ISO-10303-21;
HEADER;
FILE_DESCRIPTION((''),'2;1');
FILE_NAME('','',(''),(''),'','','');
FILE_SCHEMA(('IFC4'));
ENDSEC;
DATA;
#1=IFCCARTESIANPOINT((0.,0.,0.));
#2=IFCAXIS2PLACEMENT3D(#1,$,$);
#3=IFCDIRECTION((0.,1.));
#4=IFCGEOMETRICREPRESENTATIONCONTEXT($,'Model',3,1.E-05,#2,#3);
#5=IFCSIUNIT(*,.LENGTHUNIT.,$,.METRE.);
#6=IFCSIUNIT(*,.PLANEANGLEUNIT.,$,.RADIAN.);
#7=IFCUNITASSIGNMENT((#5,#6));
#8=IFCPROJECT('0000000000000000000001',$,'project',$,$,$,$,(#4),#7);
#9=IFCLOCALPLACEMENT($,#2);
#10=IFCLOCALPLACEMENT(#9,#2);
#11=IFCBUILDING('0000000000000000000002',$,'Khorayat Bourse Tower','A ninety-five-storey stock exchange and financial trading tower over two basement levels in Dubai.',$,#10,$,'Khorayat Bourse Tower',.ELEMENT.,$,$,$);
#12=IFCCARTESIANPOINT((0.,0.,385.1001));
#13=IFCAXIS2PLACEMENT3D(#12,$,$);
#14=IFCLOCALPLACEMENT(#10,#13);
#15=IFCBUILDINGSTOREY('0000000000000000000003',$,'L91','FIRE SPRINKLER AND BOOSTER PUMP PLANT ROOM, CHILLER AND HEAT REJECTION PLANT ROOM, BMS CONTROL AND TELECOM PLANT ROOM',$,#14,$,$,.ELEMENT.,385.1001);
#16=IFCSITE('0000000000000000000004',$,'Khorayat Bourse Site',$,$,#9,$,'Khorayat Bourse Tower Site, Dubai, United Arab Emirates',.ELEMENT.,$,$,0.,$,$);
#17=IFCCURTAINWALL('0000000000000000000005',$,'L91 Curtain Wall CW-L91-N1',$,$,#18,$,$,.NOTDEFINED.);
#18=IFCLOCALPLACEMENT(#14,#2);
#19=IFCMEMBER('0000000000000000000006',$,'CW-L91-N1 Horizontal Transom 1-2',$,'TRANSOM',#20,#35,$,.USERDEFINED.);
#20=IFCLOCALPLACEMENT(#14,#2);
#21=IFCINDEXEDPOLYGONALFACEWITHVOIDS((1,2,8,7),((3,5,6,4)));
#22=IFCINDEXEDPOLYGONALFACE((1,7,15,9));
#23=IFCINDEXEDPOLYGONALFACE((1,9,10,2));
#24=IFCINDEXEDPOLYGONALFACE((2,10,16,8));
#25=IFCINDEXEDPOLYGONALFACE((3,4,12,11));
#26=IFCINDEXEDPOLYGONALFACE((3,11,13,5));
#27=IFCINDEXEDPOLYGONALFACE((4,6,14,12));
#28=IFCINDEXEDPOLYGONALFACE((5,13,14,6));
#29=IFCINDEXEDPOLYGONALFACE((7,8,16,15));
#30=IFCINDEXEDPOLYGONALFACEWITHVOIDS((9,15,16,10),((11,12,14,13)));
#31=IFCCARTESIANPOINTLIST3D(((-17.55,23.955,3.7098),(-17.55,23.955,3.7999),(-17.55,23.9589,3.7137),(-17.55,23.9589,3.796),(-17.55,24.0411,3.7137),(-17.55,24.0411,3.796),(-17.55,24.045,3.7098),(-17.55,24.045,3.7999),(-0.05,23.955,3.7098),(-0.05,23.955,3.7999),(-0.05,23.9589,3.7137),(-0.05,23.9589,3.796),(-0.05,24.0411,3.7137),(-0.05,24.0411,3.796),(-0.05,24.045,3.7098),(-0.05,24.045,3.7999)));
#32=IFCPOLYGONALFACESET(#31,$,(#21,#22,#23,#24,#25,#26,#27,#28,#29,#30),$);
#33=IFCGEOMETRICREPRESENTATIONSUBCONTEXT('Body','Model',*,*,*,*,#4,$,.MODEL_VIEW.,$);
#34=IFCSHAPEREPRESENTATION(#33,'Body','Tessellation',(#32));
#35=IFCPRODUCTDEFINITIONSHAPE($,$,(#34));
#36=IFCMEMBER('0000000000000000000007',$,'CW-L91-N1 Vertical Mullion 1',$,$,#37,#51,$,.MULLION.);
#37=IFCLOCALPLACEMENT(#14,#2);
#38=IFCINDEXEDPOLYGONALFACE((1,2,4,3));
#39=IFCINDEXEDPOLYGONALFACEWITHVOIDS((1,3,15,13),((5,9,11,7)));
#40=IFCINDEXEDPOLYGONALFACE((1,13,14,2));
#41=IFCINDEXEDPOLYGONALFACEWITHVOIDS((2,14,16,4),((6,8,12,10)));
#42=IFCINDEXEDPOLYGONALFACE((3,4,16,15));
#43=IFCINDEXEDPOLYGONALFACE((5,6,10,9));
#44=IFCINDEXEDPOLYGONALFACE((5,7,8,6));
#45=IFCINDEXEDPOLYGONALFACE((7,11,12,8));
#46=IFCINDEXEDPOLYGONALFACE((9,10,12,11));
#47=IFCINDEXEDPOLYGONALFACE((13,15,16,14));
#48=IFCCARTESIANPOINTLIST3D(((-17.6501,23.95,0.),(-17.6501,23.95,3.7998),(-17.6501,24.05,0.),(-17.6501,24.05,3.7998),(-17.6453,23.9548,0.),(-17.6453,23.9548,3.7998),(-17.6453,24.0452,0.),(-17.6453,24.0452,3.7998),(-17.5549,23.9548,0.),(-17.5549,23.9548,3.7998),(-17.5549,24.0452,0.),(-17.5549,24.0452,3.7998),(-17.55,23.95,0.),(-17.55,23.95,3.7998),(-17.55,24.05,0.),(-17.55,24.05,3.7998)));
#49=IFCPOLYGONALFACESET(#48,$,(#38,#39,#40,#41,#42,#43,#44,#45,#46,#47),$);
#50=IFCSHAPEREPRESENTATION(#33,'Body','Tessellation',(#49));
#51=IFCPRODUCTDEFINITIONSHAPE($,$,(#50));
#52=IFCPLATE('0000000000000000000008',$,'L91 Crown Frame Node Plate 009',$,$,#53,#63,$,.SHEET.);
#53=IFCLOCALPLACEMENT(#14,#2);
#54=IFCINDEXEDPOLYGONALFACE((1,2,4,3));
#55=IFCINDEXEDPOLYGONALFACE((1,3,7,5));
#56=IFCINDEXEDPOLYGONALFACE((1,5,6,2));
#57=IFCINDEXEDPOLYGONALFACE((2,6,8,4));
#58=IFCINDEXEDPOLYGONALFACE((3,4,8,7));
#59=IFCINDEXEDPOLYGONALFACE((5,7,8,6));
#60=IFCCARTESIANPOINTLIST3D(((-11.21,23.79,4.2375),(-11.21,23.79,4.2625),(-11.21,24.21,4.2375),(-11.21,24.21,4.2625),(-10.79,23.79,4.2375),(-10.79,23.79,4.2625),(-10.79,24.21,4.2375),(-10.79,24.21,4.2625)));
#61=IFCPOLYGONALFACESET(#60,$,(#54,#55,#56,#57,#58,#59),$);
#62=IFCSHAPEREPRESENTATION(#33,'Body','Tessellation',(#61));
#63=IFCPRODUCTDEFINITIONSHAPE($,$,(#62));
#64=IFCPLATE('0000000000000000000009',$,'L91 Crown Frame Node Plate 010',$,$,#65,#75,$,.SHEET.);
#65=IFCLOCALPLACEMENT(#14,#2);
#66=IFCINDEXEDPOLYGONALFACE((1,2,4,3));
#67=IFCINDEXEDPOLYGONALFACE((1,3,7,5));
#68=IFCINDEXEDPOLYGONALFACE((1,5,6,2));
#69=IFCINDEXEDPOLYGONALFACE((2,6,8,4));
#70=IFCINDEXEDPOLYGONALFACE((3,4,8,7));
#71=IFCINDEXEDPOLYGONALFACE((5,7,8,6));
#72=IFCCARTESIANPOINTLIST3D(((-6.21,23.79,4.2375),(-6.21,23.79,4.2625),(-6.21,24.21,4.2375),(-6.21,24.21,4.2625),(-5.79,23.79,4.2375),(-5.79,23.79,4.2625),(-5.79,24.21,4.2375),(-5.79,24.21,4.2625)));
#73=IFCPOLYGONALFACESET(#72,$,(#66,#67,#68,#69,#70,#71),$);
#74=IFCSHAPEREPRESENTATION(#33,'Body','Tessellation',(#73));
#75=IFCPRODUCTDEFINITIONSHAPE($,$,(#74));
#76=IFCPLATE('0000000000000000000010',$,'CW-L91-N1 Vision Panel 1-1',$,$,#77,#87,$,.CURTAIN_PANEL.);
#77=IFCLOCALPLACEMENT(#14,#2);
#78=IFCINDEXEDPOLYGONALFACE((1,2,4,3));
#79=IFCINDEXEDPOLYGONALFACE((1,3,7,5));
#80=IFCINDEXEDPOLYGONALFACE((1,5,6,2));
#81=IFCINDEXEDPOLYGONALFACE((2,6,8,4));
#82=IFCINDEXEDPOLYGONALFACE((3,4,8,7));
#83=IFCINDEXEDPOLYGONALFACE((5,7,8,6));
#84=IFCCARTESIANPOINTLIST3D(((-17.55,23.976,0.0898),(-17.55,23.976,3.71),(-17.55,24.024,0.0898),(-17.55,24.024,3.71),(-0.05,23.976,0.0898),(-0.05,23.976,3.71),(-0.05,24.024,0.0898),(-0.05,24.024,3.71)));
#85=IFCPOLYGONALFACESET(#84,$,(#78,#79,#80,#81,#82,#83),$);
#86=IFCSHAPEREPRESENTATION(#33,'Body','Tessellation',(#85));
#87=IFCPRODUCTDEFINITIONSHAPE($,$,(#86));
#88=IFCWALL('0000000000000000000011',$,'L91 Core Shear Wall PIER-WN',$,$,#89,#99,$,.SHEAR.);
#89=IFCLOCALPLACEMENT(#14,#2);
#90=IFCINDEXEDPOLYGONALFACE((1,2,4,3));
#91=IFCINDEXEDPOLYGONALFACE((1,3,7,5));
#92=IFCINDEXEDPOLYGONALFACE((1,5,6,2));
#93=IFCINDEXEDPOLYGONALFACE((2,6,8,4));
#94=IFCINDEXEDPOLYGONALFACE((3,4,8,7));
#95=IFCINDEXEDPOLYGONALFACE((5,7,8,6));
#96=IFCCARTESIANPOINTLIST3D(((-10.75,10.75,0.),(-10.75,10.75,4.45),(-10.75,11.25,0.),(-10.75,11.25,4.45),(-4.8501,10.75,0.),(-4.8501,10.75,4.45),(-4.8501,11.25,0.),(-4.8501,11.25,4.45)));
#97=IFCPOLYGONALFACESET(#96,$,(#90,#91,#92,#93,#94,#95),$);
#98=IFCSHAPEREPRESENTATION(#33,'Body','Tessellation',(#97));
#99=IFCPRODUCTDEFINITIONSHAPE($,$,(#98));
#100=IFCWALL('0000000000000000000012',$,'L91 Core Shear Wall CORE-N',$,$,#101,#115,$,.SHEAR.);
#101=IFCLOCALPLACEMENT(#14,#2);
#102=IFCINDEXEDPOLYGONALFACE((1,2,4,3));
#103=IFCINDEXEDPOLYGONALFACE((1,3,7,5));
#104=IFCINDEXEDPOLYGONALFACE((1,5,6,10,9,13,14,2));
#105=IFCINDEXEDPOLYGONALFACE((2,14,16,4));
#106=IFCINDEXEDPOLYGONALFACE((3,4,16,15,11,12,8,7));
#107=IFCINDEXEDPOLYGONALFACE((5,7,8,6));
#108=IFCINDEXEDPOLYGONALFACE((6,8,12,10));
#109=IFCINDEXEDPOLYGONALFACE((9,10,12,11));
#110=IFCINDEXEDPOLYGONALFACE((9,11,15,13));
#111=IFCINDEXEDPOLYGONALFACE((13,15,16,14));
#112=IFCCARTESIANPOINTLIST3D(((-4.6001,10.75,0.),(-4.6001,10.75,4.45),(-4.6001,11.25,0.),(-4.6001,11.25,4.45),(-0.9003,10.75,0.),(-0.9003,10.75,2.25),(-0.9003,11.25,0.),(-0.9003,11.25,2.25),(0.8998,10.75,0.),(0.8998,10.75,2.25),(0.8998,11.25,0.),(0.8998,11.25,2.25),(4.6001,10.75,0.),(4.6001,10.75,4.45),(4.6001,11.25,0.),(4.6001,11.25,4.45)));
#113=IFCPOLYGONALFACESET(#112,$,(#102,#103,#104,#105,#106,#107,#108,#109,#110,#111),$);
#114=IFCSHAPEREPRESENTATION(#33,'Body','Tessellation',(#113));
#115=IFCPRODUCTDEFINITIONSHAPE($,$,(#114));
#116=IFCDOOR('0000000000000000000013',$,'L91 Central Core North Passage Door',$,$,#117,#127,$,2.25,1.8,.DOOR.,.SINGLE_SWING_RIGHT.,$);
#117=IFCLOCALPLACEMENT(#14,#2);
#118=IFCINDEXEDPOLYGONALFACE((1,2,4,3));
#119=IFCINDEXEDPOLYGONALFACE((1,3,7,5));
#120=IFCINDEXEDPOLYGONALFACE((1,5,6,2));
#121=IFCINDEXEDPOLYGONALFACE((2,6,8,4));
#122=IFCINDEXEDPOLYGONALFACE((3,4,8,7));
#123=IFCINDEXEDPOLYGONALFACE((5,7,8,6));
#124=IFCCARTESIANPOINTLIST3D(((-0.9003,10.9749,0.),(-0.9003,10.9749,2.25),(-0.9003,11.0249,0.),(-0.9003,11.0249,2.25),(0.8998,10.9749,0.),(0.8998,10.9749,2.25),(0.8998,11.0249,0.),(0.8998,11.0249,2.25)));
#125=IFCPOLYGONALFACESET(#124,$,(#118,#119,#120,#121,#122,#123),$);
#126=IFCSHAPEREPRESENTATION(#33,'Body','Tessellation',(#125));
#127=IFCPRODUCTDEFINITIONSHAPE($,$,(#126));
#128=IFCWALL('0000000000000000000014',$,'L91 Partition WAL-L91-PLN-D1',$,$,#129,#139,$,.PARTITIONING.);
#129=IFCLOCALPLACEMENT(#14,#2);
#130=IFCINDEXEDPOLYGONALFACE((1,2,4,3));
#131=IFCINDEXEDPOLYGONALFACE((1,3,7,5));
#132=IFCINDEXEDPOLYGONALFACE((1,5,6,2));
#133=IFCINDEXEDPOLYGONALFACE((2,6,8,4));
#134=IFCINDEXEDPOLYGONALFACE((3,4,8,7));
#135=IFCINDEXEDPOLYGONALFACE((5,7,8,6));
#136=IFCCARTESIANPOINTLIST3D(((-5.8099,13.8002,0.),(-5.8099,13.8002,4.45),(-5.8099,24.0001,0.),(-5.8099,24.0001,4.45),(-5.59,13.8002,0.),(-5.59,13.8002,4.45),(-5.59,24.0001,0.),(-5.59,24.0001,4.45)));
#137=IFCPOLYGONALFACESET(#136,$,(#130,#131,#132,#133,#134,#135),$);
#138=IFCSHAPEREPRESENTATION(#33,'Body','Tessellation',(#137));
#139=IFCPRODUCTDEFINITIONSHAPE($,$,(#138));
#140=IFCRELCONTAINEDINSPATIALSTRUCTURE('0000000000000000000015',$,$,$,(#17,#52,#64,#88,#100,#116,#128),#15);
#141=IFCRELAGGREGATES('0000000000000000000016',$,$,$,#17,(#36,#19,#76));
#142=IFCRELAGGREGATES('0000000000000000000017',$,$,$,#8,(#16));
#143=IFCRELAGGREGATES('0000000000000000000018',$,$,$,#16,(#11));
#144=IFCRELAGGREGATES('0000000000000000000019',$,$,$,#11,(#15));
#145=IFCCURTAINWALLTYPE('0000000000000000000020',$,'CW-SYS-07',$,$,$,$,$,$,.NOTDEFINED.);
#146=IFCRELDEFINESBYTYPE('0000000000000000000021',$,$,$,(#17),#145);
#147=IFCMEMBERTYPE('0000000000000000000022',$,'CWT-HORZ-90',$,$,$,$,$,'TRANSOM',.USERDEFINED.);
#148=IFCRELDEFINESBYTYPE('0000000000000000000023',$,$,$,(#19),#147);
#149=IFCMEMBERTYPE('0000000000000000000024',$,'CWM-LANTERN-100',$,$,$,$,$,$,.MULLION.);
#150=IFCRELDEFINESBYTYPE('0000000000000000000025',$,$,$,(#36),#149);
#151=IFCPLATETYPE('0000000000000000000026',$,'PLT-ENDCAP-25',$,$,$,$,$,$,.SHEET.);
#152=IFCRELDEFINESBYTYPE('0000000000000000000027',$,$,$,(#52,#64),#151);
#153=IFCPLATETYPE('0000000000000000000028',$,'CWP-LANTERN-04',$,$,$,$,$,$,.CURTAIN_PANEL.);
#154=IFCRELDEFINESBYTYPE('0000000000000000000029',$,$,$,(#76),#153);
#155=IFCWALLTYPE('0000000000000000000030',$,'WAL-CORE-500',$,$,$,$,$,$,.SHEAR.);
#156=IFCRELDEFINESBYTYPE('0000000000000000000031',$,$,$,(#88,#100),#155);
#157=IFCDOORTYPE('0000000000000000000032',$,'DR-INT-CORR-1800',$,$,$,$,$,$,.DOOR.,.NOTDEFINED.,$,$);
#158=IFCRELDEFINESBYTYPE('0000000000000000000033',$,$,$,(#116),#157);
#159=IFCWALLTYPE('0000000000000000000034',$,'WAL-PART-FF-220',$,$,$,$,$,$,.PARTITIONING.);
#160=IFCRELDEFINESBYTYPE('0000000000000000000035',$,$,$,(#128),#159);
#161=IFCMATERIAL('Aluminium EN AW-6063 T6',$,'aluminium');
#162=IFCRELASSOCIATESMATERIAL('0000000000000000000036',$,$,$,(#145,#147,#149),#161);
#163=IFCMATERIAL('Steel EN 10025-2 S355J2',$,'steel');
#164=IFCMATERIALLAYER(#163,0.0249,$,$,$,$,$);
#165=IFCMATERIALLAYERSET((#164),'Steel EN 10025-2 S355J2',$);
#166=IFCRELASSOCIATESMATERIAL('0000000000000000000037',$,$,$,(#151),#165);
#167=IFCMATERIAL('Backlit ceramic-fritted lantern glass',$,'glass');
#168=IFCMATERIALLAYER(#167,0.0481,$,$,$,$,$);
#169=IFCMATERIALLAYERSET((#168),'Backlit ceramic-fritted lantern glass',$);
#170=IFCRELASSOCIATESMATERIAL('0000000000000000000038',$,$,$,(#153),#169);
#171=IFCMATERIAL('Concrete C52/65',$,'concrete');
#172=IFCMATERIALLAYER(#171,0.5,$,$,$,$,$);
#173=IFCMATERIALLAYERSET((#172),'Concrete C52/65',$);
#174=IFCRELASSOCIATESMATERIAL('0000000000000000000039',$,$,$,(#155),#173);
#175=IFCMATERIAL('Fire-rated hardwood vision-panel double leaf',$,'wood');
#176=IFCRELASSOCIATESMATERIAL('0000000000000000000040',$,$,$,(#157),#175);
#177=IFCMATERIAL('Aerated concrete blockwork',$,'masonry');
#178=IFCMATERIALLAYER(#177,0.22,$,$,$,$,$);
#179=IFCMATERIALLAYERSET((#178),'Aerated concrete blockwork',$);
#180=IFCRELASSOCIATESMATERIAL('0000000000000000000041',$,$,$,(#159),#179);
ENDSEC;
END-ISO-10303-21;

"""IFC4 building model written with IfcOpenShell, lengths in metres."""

from ifc_helpers import new_model, si_unit, direction, frame, frame_2d, origin, origin_2d, place, context, subcontext, project, spatial, rectangle, hollow_rectangle, extrude, source, transform, mapped, material, layer, layer_set, material_profile, profile_set, type_object, element, fill, aggregate, save


model = new_model("IFC4")

# Units and contexts
model_context = context("Model", 3, precision=1e-05, world=origin(), true_north=direction((0.0, 1.0)))
body_context = subcontext(model_context, "Body", "Model", "MODEL_VIEW")
ifc_project = project(units=[si_unit("LENGTHUNIT", "METRE"), si_unit("PLANEANGLEUNIT", "RADIAN")], contexts=[model_context])

# Site, building, storey
site_placement = place(None, origin())
site = spatial("IfcSite", under=ifc_project, at=site_placement, Name="Khorayat Bourse Site", LongName="Khorayat Bourse Tower Site, Dubai, United Arab Emirates", CompositionType="ELEMENT", RefElevation=0.0)
building_placement = place(site_placement, origin())
building = spatial("IfcBuilding", under=site, at=building_placement, Name="Khorayat Bourse Tower", Description="A ninety-five-storey stock exchange and financial trading tower over two basement levels in Dubai.", LongName="Khorayat Bourse Tower", CompositionType="ELEMENT")
storey_placement = place(building_placement, frame((0.0, 0.0, 385.1001)))
storey = spatial("IfcBuildingStorey", under=building, at=storey_placement, Name="L91", Description="FIRE SPRINKLER AND BOOSTER PUMP PLANT ROOM, CHILLER AND HEAT REJECTION PLANT ROOM, BMS CONTROL AND TELECOM PLANT ROOM", CompositionType="ELEMENT", Elevation=385.1001)

# Shared definitions
ifc_material_1 = material(Name="Steel EN 10025-2 S355J2", Category="steel")
ifc_material_2 = material(Name="Concrete C52/65", Category="concrete")

# Curtain wall, members
ifc_material_3 = material(Name="Aluminium EN AW-6063 T6", Category="aluminium")
curtain_wall_type = type_object("IfcCurtainWallType", Name="CW-SYS-07", PredefinedType="NOTDEFINED", material=ifc_material_3)
curtain_wall_placement = place(storey_placement, origin())
curtain_wall = element("IfcCurtainWall", 1, at=curtain_wall_placement, inside=storey, type_object=curtain_wall_type, Name="L91 Curtain Wall CW-L91-N1", PredefinedType="NOTDEFINED")
ifc_material_profile_1 = material_profile(ifc_material_3, hollow_rectangle(XDim=0.0901, YDim=0.0901, WallThickness=0.0039, at=origin_2d()), Name="ALU 90x90x4")
ifc_profile_set_1 = profile_set([ifc_material_profile_1], Name="Aluminium EN AW-6063 T6")
member_type_1 = type_object("IfcMemberType", Name="CWT-HORZ-90", ElementType="TRANSOM", PredefinedType="USERDEFINED", material=ifc_profile_set_1)
shared_shape_1 = source(origin(), body_context, "Body", "SweptSolid", [
    extrude(hollow_rectangle(XDim=0.0901, YDim=0.0901, WallThickness=0.0039, at=origin_2d()), origin(), (0.0, 0.0, 1.0), 17.5),
])
member_1_placement = place(storey_placement, frame((-17.55, 24.0, 3.7549), z_axis=(1.0, 0.0, 0.0), x_axis=(0.0, 1.0, 0.0)))
member_1 = element("IfcMember", 2, at=member_1_placement, type_object=member_type_1, Name="CW-L91-N1 Horizontal Transom 1-2", ObjectType="TRANSOM", PredefinedType="USERDEFINED", context=body_context, shape_type="MappedRepresentation", body=[
    mapped(shared_shape_1, transform((0.0, 0.0, 0.0), scale=1.0)),
])
ifc_material_profile_2 = material_profile(ifc_material_3, hollow_rectangle(XDim=0.1001, YDim=0.1001, WallThickness=0.0049, at=origin_2d()), Name="ALU 100x100x5")
ifc_profile_set_2 = profile_set([ifc_material_profile_2], Name="Aluminium EN AW-6063 T6")
member_type_2 = type_object("IfcMemberType", Name="CWM-LANTERN-100", PredefinedType="MULLION", material=ifc_profile_set_2)
shared_shape_2 = source(origin(), body_context, "Body", "SweptSolid", [
    extrude(hollow_rectangle(XDim=0.1001, YDim=0.1001, WallThickness=0.0049, at=origin_2d()), origin(), (0.0, 0.0, 1.0), 3.7998),
])
member_2_placement = place(storey_placement, frame((-17.6001, 24.0, 0.0), z_axis=(0.0, 0.0, 1.0), x_axis=(0.0, 1.0, 0.0)))
member_2 = element("IfcMember", 3, at=member_2_placement, type_object=member_type_2, Name="CW-L91-N1 Vertical Mullion 1", PredefinedType="MULLION", context=body_context, shape_type="MappedRepresentation", body=[
    mapped(shared_shape_2, transform((0.0, 0.0, 0.0), scale=1.0)),
])

# Plates
ifc_layer_1 = layer(ifc_material_1, 0.0249)
ifc_layer_set_1 = layer_set([ifc_layer_1], Name="Steel EN 10025-2 S355J2")
plate_type_1 = type_object("IfcPlateType", Name="PLT-ENDCAP-25", PredefinedType="SHEET", material=ifc_layer_set_1)
shared_shape_3 = source(origin(), body_context, "Body", "SweptSolid", [
    extrude(rectangle(XDim=0.4199, YDim=0.4199, at=origin_2d()), origin(), (0.0, 0.0, 1.0), 0.0249),
])
for number, where, z_axis, x_axis, name in (
    (4, (-11.0, 24.0, 4.2375), (0.0, 0.0, 1.0), (1.0, 0.0, 0.0), "L91 Crown Frame Node Plate 009"),
    (5, (-6.0, 24.0, 4.2375), (0.0, 0.0, 1.0), (1.0, 0.0, 0.0), "L91 Crown Frame Node Plate 010"),
):
    element("IfcPlate", number, at=place(storey_placement, frame(where, z_axis=z_axis, x_axis=x_axis)), inside=storey, type_object=plate_type_1, Name=name, PredefinedType="SHEET", context=body_context, shape_type="MappedRepresentation", body=[
        mapped(shared_shape_3, transform((0.0, 0.0, 0.0), scale=1.0)),
    ])

# Plate
ifc_material_4 = material(Name="Backlit ceramic-fritted lantern glass", Category="glass")
ifc_layer_2 = layer(ifc_material_4, 0.0481)
ifc_layer_set_2 = layer_set([ifc_layer_2], Name="Backlit ceramic-fritted lantern glass")
plate_type_2 = type_object("IfcPlateType", Name="CWP-LANTERN-04", PredefinedType="CURTAIN_PANEL", material=ifc_layer_set_2)
shared_shape_4 = source(origin(), body_context, "Body", "SweptSolid", [
    extrude(rectangle(XDim=17.5, YDim=0.0481, at=origin_2d()), origin(), (0.0, 0.0, 1.0), 3.6201),
])
plate_placement = place(storey_placement, frame((-8.8, 24.0, 0.0898), z_axis=(0.0, 0.0, 1.0), x_axis=(1.0, 0.0, 0.0)))
plate = element("IfcPlate", 6, at=plate_placement, type_object=plate_type_2, Name="CW-L91-N1 Vision Panel 1-1", PredefinedType="CURTAIN_PANEL", context=body_context, shape_type="MappedRepresentation", body=[
    mapped(shared_shape_4, transform((0.0, 0.0, 0.0), scale=1.0)),
])
aggregate(curtain_wall, [member_2, member_1, plate])

# Wall
ifc_layer_3 = layer(ifc_material_2, 0.5)
ifc_layer_set_3 = layer_set([ifc_layer_3], Name="Concrete C52/65")
wall_type_1 = type_object("IfcWallType", Name="WAL-CORE-500", PredefinedType="SHEAR", material=ifc_layer_set_3)
shared_shape_5 = source(origin(), body_context, "Body", "SweptSolid", [
    extrude(rectangle(XDim=5.8999, YDim=0.5, at=frame_2d((2.95, 0.0))), origin(), (0.0, 0.0, 1.0), 4.45),
])
wall_1_placement = place(storey_placement, frame((-10.75, 11.0, 0.0), z_axis=(0.0, 0.0, 1.0), x_axis=(1.0, 0.0, 0.0)))
element("IfcWall", 7, at=wall_1_placement, inside=storey, type_object=wall_type_1, Name="L91 Core Shear Wall PIER-WN", PredefinedType="SHEAR", context=body_context, shape_type="MappedRepresentation", body=[
    mapped(shared_shape_5, transform((0.0, 0.0, 0.0), scale=1.0)),
])

# Wall, opening, door
shared_shape_6 = source(origin(), body_context, "Body", "SweptSolid", [
    extrude(rectangle(XDim=9.2002, YDim=0.5, at=frame_2d((4.6001, 0.0))), origin(), (0.0, 0.0, 1.0), 4.45),
])
wall_2_placement = place(storey_placement, frame((-4.6001, 11.0, 0.0), z_axis=(0.0, 0.0, 1.0), x_axis=(1.0, 0.0, 0.0)))
wall_2 = element("IfcWall", 8, at=wall_2_placement, inside=storey, type_object=wall_type_1, Name="L91 Core Shear Wall CORE-N", PredefinedType="SHEAR", context=body_context, shape_type="MappedRepresentation", body=[
    mapped(shared_shape_6, transform((0.0, 0.0, 0.0), scale=1.0)),
])
shared_shape_7 = source(origin(), body_context, "Body", "SweptSolid", [
    extrude(rectangle(XDim=1.8, YDim=2.25, at=frame_2d((0.8999, 1.125))), frame((0.0, 0.26, 0.0), z_axis=(0.0, -1.0, 0.0), x_axis=(1.0, 0.0, 0.0)), (0.0, 0.0, 1.0), 0.52),
])
opening_placement = place(wall_2_placement, frame((3.7, 0.0, 0.0)))
opening = element("IfcOpeningElement", 9, at=opening_placement, cuts=wall_2, PredefinedType="OPENING", context=body_context, shape_type="MappedRepresentation", body=[
    mapped(shared_shape_7, transform((0.0, 0.0, 0.0), scale=1.0)),
])
ifc_material_5 = material(Name="Fire-rated hardwood vision-panel double leaf", Category="wood")
door_type = type_object("IfcDoorType", Name="DR-INT-CORR-1800", OperationType="NOTDEFINED", PredefinedType="DOOR", material=ifc_material_5)
shared_shape_8 = source(origin(), body_context, "Body", "SweptSolid", [
    extrude(rectangle(XDim=1.8, YDim=2.25, at=frame_2d((0.8999, 1.125))), frame((0.0, 0.0249, 0.0), z_axis=(0.0, -1.0, 0.0), x_axis=(1.0, 0.0, 0.0)), (0.0, 0.0, 1.0), 0.05),
])
door_placement = place(opening_placement, origin())
door = element("IfcDoor", 10, at=door_placement, inside=storey, type_object=door_type, Name="L91 Central Core North Passage Door", OperationType="SINGLE_SWING_RIGHT", OverallHeight=2.25, OverallWidth=1.8, PredefinedType="DOOR", context=body_context, shape_type="MappedRepresentation", body=[
    mapped(shared_shape_8, transform((0.0, 0.0, 0.0), scale=1.0)),
])
fill(opening, door)

# Wall
ifc_material_6 = material(Name="Aerated concrete blockwork", Category="masonry")
ifc_layer_4 = layer(ifc_material_6, 0.22)
ifc_layer_set_4 = layer_set([ifc_layer_4], Name="Aerated concrete blockwork")
wall_type_2 = type_object("IfcWallType", Name="WAL-PART-FF-220", PredefinedType="PARTITIONING", material=ifc_layer_set_4)
shared_shape_9 = source(origin(), body_context, "Body", "SweptSolid", [
    extrude(rectangle(XDim=10.2, YDim=0.22, at=frame_2d((5.1001, 0.0))), origin(), (0.0, 0.0, 1.0), 4.45),
])
wall_3_placement = place(storey_placement, frame((-5.7, 13.8, 0.0), z_axis=(0.0, 0.0, 1.0), x_axis=(0.0, 1.0, 0.0)))
element("IfcWall", 11, at=wall_3_placement, inside=storey, type_object=wall_type_2, Name="L91 Partition WAL-L91-PLN-D1", PredefinedType="PARTITIONING", context=body_context, shape_type="MappedRepresentation", body=[
    mapped(shared_shape_9, transform((0.0, 0.0, 0.0), scale=1.0)),
])

save(model, "model.ifc")
